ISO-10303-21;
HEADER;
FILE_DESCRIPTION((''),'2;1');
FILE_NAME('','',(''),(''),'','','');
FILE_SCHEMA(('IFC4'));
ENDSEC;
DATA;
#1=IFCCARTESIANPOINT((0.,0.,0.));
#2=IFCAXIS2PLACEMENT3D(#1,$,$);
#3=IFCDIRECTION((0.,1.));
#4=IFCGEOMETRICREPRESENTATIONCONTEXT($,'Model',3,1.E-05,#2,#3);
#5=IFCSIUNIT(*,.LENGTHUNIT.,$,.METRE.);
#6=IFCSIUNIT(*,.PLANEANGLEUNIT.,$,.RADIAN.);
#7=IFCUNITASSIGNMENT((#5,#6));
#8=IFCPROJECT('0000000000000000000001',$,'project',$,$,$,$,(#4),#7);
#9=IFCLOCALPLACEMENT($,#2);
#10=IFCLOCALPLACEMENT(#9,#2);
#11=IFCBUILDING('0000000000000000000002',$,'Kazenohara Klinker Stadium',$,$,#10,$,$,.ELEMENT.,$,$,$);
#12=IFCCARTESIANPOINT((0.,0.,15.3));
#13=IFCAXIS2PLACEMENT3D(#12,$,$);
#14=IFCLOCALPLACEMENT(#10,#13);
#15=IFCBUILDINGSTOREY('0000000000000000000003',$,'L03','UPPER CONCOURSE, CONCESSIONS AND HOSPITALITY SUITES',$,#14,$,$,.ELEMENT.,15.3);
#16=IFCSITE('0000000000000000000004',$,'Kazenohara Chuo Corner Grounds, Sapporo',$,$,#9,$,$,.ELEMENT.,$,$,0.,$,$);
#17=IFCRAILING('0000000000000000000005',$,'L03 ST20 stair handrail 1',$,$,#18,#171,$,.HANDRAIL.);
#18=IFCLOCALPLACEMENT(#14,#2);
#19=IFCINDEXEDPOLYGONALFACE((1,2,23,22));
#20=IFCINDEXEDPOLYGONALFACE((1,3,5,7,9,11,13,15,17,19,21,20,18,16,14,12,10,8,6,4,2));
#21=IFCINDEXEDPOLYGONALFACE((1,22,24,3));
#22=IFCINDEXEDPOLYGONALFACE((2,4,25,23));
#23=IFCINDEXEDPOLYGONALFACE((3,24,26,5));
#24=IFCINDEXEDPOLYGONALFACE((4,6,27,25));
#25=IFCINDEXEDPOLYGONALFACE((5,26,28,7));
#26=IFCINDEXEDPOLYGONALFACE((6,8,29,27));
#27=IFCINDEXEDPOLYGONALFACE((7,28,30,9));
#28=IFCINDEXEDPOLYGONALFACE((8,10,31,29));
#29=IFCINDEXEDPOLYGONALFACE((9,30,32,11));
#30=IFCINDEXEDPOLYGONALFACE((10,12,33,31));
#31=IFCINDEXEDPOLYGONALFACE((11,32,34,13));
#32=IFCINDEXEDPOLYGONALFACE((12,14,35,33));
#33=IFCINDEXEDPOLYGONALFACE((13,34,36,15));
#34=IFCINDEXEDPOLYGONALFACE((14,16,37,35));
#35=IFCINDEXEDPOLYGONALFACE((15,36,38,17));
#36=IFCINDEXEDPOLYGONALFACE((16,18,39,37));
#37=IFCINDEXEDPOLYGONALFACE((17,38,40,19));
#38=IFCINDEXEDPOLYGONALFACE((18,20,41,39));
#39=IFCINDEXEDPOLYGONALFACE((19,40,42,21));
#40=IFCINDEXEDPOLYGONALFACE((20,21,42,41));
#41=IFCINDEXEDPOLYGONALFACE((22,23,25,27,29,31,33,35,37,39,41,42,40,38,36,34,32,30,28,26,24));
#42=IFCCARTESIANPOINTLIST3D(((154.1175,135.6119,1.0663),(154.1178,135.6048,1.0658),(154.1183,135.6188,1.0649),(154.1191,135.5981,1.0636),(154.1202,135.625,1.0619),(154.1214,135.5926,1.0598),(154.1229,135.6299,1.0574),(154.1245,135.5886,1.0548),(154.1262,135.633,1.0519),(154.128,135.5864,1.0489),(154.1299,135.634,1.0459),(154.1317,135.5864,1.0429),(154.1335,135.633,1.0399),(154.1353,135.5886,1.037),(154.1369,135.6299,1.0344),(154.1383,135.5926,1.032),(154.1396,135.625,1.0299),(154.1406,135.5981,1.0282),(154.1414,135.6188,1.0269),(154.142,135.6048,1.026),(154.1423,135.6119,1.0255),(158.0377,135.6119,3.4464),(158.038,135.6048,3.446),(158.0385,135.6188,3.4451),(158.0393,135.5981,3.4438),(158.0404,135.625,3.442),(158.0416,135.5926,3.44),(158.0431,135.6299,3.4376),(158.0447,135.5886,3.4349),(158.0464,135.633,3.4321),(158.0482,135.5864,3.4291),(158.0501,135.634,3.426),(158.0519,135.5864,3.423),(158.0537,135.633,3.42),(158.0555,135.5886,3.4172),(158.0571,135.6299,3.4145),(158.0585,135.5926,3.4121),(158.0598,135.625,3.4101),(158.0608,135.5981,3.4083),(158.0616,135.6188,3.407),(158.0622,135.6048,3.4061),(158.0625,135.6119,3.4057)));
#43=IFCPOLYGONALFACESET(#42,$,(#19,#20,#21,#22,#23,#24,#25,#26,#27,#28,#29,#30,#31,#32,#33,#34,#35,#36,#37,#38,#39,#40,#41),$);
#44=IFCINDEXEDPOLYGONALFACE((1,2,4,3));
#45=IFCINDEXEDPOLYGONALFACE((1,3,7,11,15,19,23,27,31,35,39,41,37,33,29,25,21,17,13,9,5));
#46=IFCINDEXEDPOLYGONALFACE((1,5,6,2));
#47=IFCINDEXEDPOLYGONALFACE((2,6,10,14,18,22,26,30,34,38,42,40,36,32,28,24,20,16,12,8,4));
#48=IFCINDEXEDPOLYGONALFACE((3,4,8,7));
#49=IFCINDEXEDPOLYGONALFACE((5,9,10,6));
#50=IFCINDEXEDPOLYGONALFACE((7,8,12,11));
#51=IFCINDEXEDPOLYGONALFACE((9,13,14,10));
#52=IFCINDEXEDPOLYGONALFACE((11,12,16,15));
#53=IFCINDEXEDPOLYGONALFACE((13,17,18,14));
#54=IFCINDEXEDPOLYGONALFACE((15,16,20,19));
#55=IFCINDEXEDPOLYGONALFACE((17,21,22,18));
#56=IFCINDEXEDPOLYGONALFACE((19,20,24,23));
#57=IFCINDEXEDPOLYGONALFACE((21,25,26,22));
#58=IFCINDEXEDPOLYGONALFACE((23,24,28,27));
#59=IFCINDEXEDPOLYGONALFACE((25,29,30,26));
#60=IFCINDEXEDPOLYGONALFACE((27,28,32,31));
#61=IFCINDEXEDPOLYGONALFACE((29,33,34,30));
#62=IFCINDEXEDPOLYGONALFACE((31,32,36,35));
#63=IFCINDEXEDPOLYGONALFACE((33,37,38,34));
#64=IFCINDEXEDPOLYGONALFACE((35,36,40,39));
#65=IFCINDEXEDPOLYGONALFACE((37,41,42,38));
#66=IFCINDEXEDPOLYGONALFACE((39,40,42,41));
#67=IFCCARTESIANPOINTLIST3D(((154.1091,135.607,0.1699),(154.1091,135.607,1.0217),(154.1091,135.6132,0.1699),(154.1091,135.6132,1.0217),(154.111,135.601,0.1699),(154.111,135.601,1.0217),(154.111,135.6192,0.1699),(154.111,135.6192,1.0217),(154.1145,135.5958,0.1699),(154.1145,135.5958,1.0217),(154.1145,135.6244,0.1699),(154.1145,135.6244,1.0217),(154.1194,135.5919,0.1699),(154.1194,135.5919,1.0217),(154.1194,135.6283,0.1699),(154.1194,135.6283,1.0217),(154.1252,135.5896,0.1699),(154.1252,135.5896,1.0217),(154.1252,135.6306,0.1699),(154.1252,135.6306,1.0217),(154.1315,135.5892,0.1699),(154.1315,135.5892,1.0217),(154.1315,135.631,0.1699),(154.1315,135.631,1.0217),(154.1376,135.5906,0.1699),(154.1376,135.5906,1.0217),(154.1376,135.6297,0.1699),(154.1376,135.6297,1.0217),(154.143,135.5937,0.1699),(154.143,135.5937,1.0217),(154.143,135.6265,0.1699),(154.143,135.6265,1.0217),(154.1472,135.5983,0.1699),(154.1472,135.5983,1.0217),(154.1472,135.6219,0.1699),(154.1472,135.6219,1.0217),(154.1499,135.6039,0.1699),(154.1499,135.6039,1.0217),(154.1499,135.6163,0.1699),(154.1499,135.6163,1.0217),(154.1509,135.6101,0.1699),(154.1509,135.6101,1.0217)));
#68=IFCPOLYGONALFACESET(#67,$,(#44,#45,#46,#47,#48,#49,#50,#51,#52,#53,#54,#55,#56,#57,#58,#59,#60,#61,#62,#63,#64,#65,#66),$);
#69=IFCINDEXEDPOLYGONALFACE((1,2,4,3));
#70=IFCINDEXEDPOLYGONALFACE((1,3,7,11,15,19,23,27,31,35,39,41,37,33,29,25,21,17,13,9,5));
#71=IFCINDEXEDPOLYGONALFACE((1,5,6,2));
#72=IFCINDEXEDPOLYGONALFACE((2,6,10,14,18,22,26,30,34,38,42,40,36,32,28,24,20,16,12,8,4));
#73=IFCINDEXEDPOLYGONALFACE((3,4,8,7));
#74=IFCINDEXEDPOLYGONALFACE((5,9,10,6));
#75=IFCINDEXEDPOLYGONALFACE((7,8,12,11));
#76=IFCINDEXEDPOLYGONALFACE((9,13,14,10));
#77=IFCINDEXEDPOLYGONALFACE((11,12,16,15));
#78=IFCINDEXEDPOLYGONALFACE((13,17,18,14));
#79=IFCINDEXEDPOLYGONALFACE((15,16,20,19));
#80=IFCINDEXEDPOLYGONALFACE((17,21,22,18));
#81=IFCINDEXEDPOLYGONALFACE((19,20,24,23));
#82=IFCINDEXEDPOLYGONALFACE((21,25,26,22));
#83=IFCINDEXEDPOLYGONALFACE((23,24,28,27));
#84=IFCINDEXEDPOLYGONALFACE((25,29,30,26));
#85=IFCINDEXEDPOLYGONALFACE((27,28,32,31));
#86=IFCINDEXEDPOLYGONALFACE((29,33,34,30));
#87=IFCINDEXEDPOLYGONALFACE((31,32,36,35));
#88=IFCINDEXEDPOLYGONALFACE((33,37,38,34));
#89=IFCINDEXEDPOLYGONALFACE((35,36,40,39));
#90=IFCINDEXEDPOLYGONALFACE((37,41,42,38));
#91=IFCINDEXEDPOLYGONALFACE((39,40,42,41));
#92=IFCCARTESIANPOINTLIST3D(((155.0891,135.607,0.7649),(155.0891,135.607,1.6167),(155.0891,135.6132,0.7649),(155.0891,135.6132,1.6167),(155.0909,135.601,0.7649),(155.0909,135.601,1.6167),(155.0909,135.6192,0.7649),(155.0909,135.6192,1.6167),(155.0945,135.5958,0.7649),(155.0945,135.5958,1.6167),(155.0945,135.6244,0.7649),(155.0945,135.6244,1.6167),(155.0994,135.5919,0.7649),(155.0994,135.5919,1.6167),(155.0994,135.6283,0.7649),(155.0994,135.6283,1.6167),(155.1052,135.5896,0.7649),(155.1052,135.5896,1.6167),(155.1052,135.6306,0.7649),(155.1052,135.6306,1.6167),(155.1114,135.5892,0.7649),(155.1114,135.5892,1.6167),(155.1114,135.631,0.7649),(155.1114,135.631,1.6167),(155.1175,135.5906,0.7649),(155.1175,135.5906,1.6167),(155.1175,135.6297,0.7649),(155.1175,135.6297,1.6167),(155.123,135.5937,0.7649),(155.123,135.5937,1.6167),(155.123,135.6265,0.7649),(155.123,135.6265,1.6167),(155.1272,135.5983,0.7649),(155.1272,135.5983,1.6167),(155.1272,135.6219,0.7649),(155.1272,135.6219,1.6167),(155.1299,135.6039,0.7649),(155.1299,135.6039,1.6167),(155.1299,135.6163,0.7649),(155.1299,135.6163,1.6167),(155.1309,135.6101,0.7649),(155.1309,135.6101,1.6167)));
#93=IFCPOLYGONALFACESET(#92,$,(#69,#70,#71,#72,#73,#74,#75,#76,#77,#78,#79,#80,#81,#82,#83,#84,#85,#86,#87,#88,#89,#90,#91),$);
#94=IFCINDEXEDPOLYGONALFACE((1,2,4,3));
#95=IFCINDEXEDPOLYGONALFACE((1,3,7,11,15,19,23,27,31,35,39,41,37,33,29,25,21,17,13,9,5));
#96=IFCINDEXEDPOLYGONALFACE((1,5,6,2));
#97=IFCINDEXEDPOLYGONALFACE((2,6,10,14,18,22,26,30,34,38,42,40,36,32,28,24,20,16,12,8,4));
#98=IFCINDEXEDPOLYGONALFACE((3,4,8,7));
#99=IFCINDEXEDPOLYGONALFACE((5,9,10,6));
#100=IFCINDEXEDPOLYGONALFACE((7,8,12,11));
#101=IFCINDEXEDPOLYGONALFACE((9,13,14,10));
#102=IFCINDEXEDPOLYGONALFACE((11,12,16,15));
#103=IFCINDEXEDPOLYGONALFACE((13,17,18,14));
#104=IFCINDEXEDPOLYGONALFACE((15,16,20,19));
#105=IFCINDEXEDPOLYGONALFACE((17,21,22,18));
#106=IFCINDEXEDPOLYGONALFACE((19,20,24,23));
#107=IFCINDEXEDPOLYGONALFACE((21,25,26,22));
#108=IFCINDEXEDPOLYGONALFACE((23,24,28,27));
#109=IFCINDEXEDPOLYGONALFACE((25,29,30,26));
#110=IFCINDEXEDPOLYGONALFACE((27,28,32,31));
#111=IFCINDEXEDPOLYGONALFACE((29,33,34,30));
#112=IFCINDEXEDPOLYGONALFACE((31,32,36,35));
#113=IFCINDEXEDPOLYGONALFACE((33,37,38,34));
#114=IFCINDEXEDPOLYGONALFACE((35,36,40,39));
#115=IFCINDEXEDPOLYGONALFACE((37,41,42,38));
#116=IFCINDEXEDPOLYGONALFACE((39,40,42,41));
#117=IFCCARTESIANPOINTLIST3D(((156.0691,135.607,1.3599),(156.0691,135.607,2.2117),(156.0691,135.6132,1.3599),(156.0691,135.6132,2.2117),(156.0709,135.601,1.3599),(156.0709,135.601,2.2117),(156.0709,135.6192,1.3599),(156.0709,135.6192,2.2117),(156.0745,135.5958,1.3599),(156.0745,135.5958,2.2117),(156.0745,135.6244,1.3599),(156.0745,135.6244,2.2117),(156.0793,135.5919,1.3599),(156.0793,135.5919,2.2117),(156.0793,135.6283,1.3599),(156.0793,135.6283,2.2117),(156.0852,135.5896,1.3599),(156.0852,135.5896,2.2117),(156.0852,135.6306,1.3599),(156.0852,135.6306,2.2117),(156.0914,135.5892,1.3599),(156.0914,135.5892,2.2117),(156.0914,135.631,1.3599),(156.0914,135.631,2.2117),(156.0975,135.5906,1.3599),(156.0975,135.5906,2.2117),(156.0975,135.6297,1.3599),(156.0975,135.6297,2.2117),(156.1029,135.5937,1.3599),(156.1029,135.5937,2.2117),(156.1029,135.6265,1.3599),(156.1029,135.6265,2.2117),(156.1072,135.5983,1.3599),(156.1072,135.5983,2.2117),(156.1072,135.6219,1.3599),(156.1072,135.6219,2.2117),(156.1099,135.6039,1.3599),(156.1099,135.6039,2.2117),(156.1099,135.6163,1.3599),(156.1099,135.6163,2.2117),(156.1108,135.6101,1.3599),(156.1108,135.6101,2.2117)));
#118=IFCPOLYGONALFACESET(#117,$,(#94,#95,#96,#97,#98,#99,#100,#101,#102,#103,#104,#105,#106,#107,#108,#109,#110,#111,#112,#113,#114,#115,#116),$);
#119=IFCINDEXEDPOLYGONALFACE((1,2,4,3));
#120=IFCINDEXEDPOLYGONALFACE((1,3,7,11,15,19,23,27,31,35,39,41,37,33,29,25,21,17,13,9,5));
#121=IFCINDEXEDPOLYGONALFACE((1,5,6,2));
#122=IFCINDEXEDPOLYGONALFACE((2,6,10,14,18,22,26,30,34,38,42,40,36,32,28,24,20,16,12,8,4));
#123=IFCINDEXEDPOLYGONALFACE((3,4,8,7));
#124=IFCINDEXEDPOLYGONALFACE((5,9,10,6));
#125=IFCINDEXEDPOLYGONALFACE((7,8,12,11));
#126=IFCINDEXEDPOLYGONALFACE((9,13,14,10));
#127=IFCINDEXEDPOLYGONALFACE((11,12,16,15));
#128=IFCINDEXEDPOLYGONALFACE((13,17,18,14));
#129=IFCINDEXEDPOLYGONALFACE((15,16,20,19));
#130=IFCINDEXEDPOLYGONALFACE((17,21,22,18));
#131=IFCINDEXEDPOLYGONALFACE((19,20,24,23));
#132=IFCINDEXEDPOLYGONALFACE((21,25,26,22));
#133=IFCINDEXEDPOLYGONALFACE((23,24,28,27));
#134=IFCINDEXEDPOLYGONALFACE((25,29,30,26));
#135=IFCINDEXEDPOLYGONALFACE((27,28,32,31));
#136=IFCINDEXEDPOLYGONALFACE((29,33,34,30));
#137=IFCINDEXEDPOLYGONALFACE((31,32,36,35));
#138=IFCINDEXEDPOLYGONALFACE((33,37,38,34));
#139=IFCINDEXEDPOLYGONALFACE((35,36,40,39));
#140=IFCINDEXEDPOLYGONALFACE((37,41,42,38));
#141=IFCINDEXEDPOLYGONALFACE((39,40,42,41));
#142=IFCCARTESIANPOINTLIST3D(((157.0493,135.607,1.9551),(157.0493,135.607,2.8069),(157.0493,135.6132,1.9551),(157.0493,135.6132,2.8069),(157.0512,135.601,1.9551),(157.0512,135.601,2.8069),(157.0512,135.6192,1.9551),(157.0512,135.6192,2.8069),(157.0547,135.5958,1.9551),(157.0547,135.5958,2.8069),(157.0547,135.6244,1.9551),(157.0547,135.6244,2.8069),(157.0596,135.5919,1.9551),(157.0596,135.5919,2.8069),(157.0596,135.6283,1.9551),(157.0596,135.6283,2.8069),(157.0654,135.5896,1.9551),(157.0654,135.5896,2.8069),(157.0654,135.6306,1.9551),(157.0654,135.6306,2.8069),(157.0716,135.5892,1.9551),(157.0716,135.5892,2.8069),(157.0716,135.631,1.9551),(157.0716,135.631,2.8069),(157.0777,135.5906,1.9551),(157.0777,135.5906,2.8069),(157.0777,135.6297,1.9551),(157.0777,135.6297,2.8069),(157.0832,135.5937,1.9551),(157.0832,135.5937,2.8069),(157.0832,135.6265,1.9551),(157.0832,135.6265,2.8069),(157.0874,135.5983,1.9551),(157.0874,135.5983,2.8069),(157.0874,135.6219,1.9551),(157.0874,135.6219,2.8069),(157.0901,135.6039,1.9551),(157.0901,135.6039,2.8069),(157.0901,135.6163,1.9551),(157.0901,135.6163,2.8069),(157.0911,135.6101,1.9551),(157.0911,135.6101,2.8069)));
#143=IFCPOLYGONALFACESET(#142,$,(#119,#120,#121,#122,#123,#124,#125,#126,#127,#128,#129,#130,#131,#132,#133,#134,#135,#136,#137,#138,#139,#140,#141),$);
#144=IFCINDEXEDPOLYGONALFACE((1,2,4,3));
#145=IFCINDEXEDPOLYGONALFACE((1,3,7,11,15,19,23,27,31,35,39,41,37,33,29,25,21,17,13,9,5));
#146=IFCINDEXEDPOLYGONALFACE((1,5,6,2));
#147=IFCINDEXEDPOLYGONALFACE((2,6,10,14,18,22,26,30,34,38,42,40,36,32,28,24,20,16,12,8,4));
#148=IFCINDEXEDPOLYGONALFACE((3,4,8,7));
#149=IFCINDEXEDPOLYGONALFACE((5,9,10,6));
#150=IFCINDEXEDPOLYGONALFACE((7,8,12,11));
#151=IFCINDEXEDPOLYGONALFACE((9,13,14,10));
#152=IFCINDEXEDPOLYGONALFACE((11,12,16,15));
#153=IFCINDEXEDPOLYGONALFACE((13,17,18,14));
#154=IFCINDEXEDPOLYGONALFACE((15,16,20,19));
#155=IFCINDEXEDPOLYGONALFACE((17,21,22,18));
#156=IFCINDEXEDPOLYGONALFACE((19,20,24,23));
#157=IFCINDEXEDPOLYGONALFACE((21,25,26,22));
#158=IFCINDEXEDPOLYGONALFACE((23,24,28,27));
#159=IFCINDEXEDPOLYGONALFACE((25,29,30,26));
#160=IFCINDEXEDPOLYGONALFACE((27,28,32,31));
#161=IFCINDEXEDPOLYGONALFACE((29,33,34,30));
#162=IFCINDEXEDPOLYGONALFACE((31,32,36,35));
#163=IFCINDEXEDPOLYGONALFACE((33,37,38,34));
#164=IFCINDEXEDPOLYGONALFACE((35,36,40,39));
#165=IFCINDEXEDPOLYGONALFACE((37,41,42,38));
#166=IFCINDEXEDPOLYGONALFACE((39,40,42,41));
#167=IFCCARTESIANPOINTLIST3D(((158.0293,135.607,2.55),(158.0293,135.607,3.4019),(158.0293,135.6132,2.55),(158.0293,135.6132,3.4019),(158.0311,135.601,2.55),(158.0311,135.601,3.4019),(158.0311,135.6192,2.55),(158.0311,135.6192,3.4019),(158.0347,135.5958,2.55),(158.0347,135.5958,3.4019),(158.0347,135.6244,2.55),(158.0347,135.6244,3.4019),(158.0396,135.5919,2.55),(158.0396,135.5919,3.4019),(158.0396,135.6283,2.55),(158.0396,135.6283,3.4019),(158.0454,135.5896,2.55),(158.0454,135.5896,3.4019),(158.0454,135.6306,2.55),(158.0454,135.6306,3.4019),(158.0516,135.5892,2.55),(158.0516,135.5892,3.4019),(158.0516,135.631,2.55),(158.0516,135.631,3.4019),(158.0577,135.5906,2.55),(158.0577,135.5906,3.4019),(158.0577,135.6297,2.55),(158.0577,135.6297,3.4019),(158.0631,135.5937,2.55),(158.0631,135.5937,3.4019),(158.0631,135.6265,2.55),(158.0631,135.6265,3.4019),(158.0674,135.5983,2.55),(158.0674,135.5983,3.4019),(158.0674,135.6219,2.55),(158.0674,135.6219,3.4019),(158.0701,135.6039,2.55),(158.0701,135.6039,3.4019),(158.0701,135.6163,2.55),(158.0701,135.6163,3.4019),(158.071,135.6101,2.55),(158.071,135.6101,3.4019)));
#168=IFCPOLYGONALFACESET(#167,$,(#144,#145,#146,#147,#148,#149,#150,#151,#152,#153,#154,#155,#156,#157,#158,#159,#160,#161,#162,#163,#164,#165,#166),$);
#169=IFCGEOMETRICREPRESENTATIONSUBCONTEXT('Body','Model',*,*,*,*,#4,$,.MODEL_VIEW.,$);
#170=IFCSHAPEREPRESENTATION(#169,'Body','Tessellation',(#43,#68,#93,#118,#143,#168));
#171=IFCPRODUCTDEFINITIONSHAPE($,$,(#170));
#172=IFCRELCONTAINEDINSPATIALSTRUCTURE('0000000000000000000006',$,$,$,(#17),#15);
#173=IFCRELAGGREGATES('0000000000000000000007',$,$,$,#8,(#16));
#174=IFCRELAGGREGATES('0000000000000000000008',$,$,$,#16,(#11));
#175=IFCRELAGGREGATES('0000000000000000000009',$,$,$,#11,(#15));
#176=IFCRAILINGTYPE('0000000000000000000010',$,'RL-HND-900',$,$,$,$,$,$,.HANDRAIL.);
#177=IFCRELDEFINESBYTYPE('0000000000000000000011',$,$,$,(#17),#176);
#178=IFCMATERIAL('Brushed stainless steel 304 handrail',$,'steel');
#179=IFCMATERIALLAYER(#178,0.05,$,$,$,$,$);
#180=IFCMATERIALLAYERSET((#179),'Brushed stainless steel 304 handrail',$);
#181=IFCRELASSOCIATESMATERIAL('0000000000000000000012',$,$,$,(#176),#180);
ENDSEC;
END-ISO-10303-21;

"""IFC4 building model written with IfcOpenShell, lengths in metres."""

from ifc_helpers import new_model, si_unit, direction, frame, origin, origin_2d, place, context, subcontext, project, spatial, circle, extrude, material, layer, layer_set, type_object, element, save


model = new_model("IFC4")

# Units and contexts
model_context = context("Model", 3, precision=1e-05, world=origin(), true_north=direction((0.0, 1.0)))
body_context = subcontext(model_context, "Body", "Model", "MODEL_VIEW")
ifc_project = project(units=[si_unit("LENGTHUNIT", "METRE"), si_unit("PLANEANGLEUNIT", "RADIAN")], contexts=[model_context])

# Site, building, storey
site_placement = place(None, origin())
site = spatial("IfcSite", under=ifc_project, at=site_placement, Name="Kazenohara Chuo Corner Grounds, Sapporo", CompositionType="ELEMENT", RefElevation=0.0)
building_placement = place(site_placement, origin())
building = spatial("IfcBuilding", under=site, at=building_placement, Name="Kazenohara Klinker Stadium", CompositionType="ELEMENT")
storey_placement = place(building_placement, frame((0.0, 0.0, 15.3)))
storey = spatial("IfcBuildingStorey", under=building, at=storey_placement, Name="L03", Description="UPPER CONCOURSE, CONCESSIONS AND HOSPITALITY SUITES", CompositionType="ELEMENT", Elevation=15.3)

# Railing
ifc_material_1 = material(Name="Brushed stainless steel 304 handrail", Category="steel")
ifc_layer_1 = layer(ifc_material_1, 0.05)
ifc_layer_set_1 = layer_set([ifc_layer_1], Name="Brushed stainless steel 304 handrail")
railing_type_1 = type_object("IfcRailingType", Name="RL-HND-900", PredefinedType="HANDRAIL", material=ifc_layer_set_1)
railing_1_placement = place(storey_placement, frame((154.1299, 135.6101, 0.1699)))
element("IfcRailing", 1, at=railing_1_placement, inside=storey, type_object=railing_type_1, Name="L03 ST20 stair handrail 1", PredefinedType="HANDRAIL", context=body_context, shape_type="SweptSolid", body=[
    extrude(circle(Radius=0.0239, at=origin_2d()), frame((0.0, 0.0, 0.876), z_axis=(0.854785, 0.0, 0.518982), x_axis=(0.0, 1.0, 0.0)), (0.0, 0.0, 1.0), 4.5862),
    extrude(circle(Radius=0.021, at=origin_2d()), origin(), (0.0, 0.0, 1.0), 0.8518),
    extrude(circle(Radius=0.021, at=origin_2d()), frame((0.98, 0.0, 0.595)), (0.0, 0.0, 1.0), 0.8518),
    extrude(circle(Radius=0.021, at=origin_2d()), frame((1.96, 0.0, 1.1899)), (0.0, 0.0, 1.0), 0.8518),
    extrude(circle(Radius=0.021, at=origin_2d()), frame((2.9402, 0.0, 1.7852)), (0.0, 0.0, 1.0), 0.8518),
    extrude(circle(Radius=0.021, at=origin_2d()), frame((3.9202, 0.0, 2.3801)), (0.0, 0.0, 1.0), 0.8518),
])

save(model, "model.ifc")
